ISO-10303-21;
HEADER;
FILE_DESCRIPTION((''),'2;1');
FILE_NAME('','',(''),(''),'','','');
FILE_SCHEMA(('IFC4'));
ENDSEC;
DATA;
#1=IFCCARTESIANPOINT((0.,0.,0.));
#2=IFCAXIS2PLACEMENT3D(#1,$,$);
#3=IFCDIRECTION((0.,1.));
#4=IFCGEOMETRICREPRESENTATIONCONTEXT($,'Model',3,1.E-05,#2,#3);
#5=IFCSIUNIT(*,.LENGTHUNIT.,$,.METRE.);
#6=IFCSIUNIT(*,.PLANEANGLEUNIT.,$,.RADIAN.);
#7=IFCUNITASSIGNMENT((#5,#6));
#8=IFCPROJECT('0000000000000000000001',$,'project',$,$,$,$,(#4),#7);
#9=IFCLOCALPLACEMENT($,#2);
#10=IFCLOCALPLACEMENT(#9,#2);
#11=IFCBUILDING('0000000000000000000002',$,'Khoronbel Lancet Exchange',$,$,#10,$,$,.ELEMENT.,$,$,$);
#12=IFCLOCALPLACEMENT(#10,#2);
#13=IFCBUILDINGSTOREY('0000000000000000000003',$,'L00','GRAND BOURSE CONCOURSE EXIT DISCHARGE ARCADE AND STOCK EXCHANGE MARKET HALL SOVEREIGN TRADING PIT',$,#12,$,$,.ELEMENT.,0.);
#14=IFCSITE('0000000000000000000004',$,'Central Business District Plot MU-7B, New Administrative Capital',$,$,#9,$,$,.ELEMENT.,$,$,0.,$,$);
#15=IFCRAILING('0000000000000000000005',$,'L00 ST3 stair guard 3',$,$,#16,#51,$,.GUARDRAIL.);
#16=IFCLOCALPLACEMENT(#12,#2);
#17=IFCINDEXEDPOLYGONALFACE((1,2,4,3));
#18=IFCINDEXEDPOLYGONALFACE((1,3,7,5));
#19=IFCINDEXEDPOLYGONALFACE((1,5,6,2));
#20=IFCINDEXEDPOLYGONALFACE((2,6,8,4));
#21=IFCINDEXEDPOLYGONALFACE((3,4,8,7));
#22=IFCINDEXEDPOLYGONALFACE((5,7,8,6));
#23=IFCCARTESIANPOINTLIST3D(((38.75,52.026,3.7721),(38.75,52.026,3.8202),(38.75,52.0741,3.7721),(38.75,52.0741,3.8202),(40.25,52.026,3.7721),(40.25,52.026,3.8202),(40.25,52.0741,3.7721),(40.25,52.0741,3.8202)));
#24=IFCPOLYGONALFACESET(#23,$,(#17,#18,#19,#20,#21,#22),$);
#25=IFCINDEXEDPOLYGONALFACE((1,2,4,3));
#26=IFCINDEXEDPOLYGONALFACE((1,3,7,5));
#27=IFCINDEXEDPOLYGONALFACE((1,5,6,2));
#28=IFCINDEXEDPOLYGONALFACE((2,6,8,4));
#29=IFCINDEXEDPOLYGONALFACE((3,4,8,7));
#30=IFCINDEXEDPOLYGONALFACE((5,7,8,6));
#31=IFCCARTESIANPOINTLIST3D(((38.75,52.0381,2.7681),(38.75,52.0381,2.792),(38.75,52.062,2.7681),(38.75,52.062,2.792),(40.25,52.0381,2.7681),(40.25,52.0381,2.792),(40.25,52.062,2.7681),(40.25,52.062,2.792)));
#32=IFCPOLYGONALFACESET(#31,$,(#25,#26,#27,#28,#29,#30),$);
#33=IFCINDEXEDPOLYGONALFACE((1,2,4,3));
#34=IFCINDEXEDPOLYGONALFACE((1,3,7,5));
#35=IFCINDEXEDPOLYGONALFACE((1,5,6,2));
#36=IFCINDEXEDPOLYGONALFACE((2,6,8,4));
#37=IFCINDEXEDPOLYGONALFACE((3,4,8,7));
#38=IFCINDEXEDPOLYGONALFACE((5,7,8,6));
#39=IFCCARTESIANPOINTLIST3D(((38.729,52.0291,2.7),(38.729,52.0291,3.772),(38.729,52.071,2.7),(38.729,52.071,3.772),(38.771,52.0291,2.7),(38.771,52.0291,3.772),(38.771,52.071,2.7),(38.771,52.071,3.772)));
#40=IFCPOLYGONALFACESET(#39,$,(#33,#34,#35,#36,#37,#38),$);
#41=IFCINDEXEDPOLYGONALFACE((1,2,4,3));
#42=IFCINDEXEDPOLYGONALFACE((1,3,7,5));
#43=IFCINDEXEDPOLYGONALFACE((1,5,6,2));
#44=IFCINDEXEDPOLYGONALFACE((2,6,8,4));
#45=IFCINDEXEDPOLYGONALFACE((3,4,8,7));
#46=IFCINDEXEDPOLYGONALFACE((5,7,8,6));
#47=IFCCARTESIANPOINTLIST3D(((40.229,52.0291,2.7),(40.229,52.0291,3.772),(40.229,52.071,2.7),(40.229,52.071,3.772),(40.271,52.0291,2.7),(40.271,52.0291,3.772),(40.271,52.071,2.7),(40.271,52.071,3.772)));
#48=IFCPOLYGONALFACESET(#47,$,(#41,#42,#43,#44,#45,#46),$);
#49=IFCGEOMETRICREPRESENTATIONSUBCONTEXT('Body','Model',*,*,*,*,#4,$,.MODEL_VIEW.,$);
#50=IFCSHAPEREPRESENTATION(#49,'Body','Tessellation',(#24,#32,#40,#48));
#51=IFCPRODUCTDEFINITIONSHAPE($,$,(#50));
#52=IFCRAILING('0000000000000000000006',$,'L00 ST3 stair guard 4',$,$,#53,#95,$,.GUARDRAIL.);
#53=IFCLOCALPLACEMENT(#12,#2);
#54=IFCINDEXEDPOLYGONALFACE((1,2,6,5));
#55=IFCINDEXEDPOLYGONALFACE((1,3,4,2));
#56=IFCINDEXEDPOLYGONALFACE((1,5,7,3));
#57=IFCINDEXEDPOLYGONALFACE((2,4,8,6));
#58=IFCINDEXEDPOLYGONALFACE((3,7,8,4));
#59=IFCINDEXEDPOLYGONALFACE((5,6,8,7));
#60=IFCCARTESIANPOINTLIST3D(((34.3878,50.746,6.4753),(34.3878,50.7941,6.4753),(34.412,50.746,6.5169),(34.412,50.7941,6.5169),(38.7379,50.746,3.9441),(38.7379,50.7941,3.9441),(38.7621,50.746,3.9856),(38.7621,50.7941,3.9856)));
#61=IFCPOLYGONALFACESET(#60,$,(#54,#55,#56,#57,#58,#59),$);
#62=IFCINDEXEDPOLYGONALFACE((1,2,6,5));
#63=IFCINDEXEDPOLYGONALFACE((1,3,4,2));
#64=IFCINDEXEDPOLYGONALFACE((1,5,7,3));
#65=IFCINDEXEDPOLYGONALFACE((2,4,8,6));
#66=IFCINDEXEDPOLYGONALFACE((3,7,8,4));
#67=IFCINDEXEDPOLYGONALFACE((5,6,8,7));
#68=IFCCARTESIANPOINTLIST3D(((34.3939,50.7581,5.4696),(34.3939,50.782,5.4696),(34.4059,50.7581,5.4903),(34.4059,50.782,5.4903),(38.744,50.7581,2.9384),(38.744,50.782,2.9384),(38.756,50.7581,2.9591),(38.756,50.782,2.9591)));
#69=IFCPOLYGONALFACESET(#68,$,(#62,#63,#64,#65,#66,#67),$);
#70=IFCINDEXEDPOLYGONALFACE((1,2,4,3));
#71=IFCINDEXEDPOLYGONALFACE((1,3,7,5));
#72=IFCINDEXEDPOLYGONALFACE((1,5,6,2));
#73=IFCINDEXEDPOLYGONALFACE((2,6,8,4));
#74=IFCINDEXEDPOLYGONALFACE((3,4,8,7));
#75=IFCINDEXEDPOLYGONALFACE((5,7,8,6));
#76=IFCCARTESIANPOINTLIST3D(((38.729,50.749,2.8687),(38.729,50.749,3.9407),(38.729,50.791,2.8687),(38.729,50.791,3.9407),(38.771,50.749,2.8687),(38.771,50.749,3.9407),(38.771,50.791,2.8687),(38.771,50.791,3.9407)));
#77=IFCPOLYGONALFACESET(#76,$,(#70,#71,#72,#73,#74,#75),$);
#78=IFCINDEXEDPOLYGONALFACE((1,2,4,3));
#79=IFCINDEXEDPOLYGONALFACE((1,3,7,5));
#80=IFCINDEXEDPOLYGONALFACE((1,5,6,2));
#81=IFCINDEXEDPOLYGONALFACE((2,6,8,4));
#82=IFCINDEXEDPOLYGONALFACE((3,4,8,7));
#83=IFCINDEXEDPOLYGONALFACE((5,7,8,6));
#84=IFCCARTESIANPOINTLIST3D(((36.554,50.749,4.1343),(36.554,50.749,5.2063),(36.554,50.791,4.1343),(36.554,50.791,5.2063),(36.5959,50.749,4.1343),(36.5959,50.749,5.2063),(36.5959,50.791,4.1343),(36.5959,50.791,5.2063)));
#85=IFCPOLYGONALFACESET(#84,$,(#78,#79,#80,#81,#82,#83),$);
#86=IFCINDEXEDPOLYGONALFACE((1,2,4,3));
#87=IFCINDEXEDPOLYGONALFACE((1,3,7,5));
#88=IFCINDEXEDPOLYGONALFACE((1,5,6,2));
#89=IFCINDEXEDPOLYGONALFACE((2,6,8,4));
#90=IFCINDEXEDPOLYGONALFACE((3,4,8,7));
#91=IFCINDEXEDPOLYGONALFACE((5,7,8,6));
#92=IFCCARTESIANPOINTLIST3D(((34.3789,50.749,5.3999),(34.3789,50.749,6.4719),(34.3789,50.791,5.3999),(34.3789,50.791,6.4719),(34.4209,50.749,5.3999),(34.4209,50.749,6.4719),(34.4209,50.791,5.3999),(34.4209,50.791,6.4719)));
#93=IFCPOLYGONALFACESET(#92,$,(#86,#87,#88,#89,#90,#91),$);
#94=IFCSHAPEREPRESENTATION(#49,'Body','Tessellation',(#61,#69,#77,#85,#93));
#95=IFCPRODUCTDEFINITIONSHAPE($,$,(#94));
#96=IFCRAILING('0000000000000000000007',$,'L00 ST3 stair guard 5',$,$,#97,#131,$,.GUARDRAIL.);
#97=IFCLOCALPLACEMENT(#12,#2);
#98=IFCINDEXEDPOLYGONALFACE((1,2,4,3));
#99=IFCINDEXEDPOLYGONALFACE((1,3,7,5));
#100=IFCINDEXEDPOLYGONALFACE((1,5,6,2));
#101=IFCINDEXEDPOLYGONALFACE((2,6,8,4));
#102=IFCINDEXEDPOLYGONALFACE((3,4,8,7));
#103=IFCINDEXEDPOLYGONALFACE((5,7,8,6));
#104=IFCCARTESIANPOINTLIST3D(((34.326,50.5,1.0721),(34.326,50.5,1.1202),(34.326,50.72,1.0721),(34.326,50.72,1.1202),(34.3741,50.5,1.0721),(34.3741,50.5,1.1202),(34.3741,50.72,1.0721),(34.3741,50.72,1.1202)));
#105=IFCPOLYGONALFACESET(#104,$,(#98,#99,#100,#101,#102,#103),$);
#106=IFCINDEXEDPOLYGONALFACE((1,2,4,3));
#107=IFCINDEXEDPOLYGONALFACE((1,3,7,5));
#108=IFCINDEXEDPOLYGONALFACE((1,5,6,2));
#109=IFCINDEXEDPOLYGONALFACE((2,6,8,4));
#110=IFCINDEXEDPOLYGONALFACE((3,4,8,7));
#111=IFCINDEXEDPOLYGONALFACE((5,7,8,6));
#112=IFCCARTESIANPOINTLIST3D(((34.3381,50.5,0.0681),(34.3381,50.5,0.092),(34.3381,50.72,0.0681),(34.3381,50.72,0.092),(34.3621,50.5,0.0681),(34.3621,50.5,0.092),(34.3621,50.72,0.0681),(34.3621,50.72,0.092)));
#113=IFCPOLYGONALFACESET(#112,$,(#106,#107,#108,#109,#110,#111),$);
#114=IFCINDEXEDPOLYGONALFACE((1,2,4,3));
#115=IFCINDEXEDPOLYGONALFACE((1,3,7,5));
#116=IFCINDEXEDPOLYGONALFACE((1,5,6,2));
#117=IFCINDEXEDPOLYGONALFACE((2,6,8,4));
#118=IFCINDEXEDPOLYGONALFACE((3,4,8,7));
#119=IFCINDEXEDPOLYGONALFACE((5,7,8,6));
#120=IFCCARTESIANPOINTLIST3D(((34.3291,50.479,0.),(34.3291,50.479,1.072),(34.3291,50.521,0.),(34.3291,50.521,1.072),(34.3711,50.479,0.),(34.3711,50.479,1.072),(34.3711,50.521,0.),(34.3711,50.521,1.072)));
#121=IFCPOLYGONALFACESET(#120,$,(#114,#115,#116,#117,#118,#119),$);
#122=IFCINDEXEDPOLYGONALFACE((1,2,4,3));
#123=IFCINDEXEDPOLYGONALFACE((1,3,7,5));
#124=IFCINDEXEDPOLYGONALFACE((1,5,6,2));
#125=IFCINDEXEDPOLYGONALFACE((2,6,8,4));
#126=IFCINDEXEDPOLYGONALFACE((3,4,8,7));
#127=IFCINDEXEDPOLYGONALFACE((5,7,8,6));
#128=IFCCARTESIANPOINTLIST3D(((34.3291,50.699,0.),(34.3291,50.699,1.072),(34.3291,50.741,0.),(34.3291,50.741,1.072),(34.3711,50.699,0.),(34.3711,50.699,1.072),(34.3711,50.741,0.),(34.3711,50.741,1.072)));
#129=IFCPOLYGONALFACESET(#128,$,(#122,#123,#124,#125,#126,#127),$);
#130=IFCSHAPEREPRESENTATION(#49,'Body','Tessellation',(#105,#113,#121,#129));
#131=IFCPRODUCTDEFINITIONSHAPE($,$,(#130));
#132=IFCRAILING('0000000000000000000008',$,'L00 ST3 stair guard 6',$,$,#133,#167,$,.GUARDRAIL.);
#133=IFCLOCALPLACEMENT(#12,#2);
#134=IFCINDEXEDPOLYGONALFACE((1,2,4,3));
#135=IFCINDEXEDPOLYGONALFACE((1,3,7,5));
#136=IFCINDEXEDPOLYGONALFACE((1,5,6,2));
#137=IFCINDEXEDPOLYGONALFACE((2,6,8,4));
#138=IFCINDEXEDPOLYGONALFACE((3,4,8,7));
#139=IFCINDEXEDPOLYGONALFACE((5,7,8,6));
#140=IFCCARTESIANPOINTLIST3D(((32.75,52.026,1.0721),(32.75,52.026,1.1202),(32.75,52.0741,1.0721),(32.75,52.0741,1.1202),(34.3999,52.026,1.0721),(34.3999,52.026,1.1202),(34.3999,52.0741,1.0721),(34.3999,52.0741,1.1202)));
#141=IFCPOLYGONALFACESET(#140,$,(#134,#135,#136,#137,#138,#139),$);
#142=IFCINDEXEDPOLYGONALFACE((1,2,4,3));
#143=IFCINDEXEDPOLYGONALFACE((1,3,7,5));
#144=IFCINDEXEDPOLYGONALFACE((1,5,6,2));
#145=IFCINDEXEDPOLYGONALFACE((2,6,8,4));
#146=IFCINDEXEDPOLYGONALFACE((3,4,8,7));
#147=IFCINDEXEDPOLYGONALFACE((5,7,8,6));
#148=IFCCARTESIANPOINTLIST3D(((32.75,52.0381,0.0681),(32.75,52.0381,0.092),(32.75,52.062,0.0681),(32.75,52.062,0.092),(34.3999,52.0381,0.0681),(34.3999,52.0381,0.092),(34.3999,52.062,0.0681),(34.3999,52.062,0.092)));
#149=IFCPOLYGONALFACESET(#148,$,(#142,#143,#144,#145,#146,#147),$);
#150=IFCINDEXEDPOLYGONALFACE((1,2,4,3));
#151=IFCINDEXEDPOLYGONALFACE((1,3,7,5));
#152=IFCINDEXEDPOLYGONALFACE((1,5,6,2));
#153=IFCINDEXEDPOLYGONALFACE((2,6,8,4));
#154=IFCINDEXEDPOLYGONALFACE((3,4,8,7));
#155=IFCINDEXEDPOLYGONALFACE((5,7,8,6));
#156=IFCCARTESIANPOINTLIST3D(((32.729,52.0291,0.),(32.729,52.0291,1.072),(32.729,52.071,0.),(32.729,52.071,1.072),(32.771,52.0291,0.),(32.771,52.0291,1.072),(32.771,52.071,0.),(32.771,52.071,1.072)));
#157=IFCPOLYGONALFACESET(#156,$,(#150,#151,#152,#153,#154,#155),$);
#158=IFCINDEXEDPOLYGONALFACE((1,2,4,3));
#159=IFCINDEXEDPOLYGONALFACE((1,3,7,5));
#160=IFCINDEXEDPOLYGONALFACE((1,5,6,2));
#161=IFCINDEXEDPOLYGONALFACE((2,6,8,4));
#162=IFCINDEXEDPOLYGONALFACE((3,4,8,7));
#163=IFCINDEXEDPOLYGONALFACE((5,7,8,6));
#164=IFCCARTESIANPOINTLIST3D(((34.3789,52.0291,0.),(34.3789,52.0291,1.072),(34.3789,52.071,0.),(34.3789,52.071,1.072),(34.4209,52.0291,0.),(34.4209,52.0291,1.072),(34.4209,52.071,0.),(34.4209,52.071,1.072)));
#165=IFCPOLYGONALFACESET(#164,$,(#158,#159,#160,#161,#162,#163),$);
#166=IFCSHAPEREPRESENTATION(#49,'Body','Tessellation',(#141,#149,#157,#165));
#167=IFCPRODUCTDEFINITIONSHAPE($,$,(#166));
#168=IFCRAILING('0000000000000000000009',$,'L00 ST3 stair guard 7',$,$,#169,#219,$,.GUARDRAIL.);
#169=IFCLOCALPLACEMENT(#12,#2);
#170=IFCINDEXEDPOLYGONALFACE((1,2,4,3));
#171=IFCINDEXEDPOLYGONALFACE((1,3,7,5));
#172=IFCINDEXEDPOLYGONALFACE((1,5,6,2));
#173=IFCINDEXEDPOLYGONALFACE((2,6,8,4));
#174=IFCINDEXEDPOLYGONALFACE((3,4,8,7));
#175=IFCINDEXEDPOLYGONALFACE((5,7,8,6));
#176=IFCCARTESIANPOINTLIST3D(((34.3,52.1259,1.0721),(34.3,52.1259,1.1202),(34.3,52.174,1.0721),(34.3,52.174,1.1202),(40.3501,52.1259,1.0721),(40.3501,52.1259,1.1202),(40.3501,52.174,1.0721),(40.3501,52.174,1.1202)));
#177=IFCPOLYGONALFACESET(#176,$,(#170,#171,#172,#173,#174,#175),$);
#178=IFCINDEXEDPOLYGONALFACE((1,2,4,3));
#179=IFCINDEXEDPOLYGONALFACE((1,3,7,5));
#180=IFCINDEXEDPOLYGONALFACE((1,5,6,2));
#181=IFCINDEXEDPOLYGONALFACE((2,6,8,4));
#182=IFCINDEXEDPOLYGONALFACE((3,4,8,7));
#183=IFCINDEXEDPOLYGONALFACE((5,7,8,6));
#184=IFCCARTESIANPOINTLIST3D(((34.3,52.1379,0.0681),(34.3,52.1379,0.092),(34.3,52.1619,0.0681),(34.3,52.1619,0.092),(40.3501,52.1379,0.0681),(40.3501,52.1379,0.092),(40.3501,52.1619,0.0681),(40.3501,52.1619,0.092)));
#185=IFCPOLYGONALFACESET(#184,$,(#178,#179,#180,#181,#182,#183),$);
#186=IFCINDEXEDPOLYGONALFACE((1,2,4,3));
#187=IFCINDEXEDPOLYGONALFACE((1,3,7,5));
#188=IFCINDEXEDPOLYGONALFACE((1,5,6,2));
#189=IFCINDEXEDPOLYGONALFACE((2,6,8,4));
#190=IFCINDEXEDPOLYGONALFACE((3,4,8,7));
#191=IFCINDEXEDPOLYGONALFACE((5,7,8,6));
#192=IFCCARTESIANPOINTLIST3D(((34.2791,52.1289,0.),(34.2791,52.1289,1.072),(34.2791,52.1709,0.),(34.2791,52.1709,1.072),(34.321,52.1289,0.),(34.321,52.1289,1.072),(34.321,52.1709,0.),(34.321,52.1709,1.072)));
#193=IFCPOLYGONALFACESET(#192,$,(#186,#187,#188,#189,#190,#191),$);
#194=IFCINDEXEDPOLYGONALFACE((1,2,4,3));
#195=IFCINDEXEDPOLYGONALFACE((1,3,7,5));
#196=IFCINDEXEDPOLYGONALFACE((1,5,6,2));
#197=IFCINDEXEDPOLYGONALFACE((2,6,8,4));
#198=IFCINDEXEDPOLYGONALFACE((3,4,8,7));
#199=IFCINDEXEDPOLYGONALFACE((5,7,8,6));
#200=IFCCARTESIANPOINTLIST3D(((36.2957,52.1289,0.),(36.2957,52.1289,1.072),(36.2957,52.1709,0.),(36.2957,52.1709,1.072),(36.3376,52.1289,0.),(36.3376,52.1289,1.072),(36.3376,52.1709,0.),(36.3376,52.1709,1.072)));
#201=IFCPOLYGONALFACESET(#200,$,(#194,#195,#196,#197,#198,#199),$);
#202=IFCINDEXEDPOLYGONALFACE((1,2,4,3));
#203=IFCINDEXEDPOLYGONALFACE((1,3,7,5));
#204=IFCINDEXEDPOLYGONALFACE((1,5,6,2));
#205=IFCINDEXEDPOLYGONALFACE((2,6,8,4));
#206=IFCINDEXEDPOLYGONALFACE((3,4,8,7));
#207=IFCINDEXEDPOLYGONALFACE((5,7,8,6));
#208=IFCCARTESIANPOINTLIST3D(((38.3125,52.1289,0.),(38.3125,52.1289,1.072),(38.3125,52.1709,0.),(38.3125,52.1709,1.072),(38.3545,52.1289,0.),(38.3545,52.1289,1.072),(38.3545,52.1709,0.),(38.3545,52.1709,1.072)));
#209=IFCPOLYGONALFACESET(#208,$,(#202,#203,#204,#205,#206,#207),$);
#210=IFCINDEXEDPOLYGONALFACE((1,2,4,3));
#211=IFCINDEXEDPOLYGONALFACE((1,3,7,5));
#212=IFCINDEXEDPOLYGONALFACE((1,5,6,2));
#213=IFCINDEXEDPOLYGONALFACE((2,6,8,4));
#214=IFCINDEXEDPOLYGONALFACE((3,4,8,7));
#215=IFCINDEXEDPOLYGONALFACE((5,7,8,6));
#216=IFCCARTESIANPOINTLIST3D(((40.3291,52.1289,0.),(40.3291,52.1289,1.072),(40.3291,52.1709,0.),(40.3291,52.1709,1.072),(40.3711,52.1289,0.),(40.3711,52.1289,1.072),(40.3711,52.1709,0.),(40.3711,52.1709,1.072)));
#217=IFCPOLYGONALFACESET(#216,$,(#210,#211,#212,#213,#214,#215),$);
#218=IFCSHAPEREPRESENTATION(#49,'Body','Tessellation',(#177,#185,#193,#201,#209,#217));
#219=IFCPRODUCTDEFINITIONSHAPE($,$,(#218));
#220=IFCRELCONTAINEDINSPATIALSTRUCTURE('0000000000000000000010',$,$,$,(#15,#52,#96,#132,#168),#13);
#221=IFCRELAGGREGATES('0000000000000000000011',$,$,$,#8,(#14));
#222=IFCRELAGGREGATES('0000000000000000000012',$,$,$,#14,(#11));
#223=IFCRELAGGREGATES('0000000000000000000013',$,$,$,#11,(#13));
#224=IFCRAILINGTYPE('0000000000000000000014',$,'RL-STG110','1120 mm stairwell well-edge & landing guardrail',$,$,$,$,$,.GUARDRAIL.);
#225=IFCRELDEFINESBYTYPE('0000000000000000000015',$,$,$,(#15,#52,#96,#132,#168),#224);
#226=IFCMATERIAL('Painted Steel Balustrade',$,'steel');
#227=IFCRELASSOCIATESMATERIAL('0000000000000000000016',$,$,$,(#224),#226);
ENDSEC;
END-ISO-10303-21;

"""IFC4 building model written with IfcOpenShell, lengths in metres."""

from ifc_helpers import new_model, si_unit, direction, frame, origin, origin_2d, place, context, subcontext, project, spatial, rectangle, extrude, material, type_object, element, save


model = new_model("IFC4")

# Units and contexts
model_context = context("Model", 3, precision=1e-05, world=origin(), true_north=direction((0.0, 1.0)))
body_context = subcontext(model_context, "Body", "Model", "MODEL_VIEW")
ifc_project = project(units=[si_unit("LENGTHUNIT", "METRE"), si_unit("PLANEANGLEUNIT", "RADIAN")], contexts=[model_context])

# Site, building, storey
site_placement = place(None, origin())
site = spatial("IfcSite", under=ifc_project, at=site_placement, Name="Central Business District Plot MU-7B, New Administrative Capital", CompositionType="ELEMENT", RefElevation=0.0)
building_placement = place(site_placement, origin())
building = spatial("IfcBuilding", under=site, at=building_placement, Name="Khoronbel Lancet Exchange", CompositionType="ELEMENT")
storey_placement = place(building_placement, origin())
storey = spatial("IfcBuildingStorey", under=building, at=storey_placement, Name="L00", Description="GRAND BOURSE CONCOURSE EXIT DISCHARGE ARCADE AND STOCK EXCHANGE MARKET HALL SOVEREIGN TRADING PIT", CompositionType="ELEMENT", Elevation=0.0)

# Railings
ifc_material_1 = material(Name="Painted Steel Balustrade", Category="steel")
railing_type_1 = type_object("IfcRailingType", Name="RL-STG110", Description="1120 mm stairwell well-edge & landing guardrail", PredefinedType="GUARDRAIL", material=ifc_material_1)
railing_1_placement = place(storey_placement, frame((38.75, 52.05, 2.7)))
element("IfcRailing", 1, at=railing_1_placement, inside=storey, type_object=railing_type_1, Name="L00 ST3 stair guard 3", PredefinedType="GUARDRAIL", context=body_context, shape_type="SweptSolid", body=[
    extrude(rectangle(XDim=0.0481, YDim=0.0481, at=origin_2d()), frame((0.0, 0.0, 1.0962), z_axis=(1.0, 0.0, 0.0), x_axis=(0.0, 1.0, 0.0)), (0.0, 0.0, 1.0), 1.5),
    extrude(rectangle(XDim=0.0239, YDim=0.0239, at=origin_2d()), frame((0.0, 0.0, 0.0801), z_axis=(1.0, 0.0, 0.0), x_axis=(0.0, 1.0, 0.0)), (0.0, 0.0, 1.0), 1.5),
    extrude(rectangle(XDim=0.042, YDim=0.042, at=origin_2d()), origin(), (0.0, 0.0, 1.0), 1.072),
    extrude(rectangle(XDim=0.042, YDim=0.042, at=origin_2d()), frame((1.5, 0.0, 0.0)), (0.0, 0.0, 1.0), 1.072),
])
railing_2_placement = place(storey_placement, frame((38.75, 50.77, 2.8687)))
element("IfcRailing", 2, at=railing_2_placement, inside=storey, type_object=railing_type_1, Name="L00 ST3 stair guard 4", PredefinedType="GUARDRAIL", context=body_context, shape_type="SweptSolid", body=[
    extrude(rectangle(XDim=0.0481, YDim=0.0481, at=origin_2d()), frame((0.0, 0.0, 1.0962), z_axis=(-0.864324, 0.0, 0.502936), x_axis=(0.0, -1.0, 0.0)), (0.0, 0.0, 1.0), 5.033),
    extrude(rectangle(XDim=0.0239, YDim=0.0239, at=origin_2d()), frame((0.0, 0.0, 0.0801), z_axis=(-0.864324, 0.0, 0.502936), x_axis=(0.0, -1.0, 0.0)), (0.0, 0.0, 1.0), 5.033),
    extrude(rectangle(XDim=0.042, YDim=0.042, at=origin_2d()), origin(), (0.0, 0.0, 1.0), 1.072),
    extrude(rectangle(XDim=0.042, YDim=0.042, at=origin_2d()), frame((-2.175, 0.0, 1.2656)), (0.0, 0.0, 1.0), 1.072),
    extrude(rectangle(XDim=0.042, YDim=0.042, at=origin_2d()), frame((-4.3501, 0.0, 2.5312)), (0.0, 0.0, 1.0), 1.072),
])
railing_3_placement = place(storey_placement, frame((34.3501, 50.5, 0.0)))
element("IfcRailing", 3, at=railing_3_placement, inside=storey, type_object=railing_type_1, Name="L00 ST3 stair guard 5", PredefinedType="GUARDRAIL", context=body_context, shape_type="SweptSolid", body=[
    extrude(rectangle(XDim=0.0481, YDim=0.0481, at=origin_2d()), frame((0.0, 0.0, 1.0962), z_axis=(0.0, 1.0, 0.0), x_axis=(-1.0, 0.0, 0.0)), (0.0, 0.0, 1.0), 0.22),
    extrude(rectangle(XDim=0.0239, YDim=0.0239, at=origin_2d()), frame((0.0, 0.0, 0.0801), z_axis=(0.0, 1.0, 0.0), x_axis=(-1.0, 0.0, 0.0)), (0.0, 0.0, 1.0), 0.22),
    extrude(rectangle(XDim=0.042, YDim=0.042, at=origin_2d()), origin(), (0.0, 0.0, 1.0), 1.072),
    extrude(rectangle(XDim=0.042, YDim=0.042, at=origin_2d()), frame((0.0, 0.22, 0.0)), (0.0, 0.0, 1.0), 1.072),
])
railing_4_placement = place(storey_placement, frame((32.75, 52.05, 0.0)))
element("IfcRailing", 4, at=railing_4_placement, inside=storey, type_object=railing_type_1, Name="L00 ST3 stair guard 6", PredefinedType="GUARDRAIL", context=body_context, shape_type="SweptSolid", body=[
    extrude(rectangle(XDim=0.0481, YDim=0.0481, at=origin_2d()), frame((0.0, 0.0, 1.0962), z_axis=(1.0, 0.0, 0.0), x_axis=(0.0, 1.0, 0.0)), (0.0, 0.0, 1.0), 1.6499),
    extrude(rectangle(XDim=0.0239, YDim=0.0239, at=origin_2d()), frame((0.0, 0.0, 0.0801), z_axis=(1.0, 0.0, 0.0), x_axis=(0.0, 1.0, 0.0)), (0.0, 0.0, 1.0), 1.6499),
    extrude(rectangle(XDim=0.042, YDim=0.042, at=origin_2d()), origin(), (0.0, 0.0, 1.0), 1.072),
    extrude(rectangle(XDim=0.042, YDim=0.042, at=origin_2d()), frame((1.6499, 0.0, 0.0)), (0.0, 0.0, 1.0), 1.072),
])
railing_5_placement = place(storey_placement, frame((34.3, 52.1499, 0.0)))
element("IfcRailing", 5, at=railing_5_placement, inside=storey, type_object=railing_type_1, Name="L00 ST3 stair guard 7", PredefinedType="GUARDRAIL", context=body_context, shape_type="SweptSolid", body=[
    extrude(rectangle(XDim=0.0481, YDim=0.0481, at=origin_2d()), frame((0.0, 0.0, 1.0962), z_axis=(1.0, 0.0, 0.0), x_axis=(0.0, 1.0, 0.0)), (0.0, 0.0, 1.0), 6.05),
    extrude(rectangle(XDim=0.0239, YDim=0.0239, at=origin_2d()), frame((0.0, 0.0, 0.0801), z_axis=(1.0, 0.0, 0.0), x_axis=(0.0, 1.0, 0.0)), (0.0, 0.0, 1.0), 6.05),
    extrude(rectangle(XDim=0.042, YDim=0.042, at=origin_2d()), origin(), (0.0, 0.0, 1.0), 1.072),
    extrude(rectangle(XDim=0.042, YDim=0.042, at=origin_2d()), frame((2.0166, 0.0, 0.0)), (0.0, 0.0, 1.0), 1.072),
    extrude(rectangle(XDim=0.042, YDim=0.042, at=origin_2d()), frame((4.0334, 0.0, 0.0)), (0.0, 0.0, 1.0), 1.072),
    extrude(rectangle(XDim=0.042, YDim=0.042, at=origin_2d()), frame((6.05, 0.0, 0.0)), (0.0, 0.0, 1.0), 1.072),
])

save(model, "model.ifc")
